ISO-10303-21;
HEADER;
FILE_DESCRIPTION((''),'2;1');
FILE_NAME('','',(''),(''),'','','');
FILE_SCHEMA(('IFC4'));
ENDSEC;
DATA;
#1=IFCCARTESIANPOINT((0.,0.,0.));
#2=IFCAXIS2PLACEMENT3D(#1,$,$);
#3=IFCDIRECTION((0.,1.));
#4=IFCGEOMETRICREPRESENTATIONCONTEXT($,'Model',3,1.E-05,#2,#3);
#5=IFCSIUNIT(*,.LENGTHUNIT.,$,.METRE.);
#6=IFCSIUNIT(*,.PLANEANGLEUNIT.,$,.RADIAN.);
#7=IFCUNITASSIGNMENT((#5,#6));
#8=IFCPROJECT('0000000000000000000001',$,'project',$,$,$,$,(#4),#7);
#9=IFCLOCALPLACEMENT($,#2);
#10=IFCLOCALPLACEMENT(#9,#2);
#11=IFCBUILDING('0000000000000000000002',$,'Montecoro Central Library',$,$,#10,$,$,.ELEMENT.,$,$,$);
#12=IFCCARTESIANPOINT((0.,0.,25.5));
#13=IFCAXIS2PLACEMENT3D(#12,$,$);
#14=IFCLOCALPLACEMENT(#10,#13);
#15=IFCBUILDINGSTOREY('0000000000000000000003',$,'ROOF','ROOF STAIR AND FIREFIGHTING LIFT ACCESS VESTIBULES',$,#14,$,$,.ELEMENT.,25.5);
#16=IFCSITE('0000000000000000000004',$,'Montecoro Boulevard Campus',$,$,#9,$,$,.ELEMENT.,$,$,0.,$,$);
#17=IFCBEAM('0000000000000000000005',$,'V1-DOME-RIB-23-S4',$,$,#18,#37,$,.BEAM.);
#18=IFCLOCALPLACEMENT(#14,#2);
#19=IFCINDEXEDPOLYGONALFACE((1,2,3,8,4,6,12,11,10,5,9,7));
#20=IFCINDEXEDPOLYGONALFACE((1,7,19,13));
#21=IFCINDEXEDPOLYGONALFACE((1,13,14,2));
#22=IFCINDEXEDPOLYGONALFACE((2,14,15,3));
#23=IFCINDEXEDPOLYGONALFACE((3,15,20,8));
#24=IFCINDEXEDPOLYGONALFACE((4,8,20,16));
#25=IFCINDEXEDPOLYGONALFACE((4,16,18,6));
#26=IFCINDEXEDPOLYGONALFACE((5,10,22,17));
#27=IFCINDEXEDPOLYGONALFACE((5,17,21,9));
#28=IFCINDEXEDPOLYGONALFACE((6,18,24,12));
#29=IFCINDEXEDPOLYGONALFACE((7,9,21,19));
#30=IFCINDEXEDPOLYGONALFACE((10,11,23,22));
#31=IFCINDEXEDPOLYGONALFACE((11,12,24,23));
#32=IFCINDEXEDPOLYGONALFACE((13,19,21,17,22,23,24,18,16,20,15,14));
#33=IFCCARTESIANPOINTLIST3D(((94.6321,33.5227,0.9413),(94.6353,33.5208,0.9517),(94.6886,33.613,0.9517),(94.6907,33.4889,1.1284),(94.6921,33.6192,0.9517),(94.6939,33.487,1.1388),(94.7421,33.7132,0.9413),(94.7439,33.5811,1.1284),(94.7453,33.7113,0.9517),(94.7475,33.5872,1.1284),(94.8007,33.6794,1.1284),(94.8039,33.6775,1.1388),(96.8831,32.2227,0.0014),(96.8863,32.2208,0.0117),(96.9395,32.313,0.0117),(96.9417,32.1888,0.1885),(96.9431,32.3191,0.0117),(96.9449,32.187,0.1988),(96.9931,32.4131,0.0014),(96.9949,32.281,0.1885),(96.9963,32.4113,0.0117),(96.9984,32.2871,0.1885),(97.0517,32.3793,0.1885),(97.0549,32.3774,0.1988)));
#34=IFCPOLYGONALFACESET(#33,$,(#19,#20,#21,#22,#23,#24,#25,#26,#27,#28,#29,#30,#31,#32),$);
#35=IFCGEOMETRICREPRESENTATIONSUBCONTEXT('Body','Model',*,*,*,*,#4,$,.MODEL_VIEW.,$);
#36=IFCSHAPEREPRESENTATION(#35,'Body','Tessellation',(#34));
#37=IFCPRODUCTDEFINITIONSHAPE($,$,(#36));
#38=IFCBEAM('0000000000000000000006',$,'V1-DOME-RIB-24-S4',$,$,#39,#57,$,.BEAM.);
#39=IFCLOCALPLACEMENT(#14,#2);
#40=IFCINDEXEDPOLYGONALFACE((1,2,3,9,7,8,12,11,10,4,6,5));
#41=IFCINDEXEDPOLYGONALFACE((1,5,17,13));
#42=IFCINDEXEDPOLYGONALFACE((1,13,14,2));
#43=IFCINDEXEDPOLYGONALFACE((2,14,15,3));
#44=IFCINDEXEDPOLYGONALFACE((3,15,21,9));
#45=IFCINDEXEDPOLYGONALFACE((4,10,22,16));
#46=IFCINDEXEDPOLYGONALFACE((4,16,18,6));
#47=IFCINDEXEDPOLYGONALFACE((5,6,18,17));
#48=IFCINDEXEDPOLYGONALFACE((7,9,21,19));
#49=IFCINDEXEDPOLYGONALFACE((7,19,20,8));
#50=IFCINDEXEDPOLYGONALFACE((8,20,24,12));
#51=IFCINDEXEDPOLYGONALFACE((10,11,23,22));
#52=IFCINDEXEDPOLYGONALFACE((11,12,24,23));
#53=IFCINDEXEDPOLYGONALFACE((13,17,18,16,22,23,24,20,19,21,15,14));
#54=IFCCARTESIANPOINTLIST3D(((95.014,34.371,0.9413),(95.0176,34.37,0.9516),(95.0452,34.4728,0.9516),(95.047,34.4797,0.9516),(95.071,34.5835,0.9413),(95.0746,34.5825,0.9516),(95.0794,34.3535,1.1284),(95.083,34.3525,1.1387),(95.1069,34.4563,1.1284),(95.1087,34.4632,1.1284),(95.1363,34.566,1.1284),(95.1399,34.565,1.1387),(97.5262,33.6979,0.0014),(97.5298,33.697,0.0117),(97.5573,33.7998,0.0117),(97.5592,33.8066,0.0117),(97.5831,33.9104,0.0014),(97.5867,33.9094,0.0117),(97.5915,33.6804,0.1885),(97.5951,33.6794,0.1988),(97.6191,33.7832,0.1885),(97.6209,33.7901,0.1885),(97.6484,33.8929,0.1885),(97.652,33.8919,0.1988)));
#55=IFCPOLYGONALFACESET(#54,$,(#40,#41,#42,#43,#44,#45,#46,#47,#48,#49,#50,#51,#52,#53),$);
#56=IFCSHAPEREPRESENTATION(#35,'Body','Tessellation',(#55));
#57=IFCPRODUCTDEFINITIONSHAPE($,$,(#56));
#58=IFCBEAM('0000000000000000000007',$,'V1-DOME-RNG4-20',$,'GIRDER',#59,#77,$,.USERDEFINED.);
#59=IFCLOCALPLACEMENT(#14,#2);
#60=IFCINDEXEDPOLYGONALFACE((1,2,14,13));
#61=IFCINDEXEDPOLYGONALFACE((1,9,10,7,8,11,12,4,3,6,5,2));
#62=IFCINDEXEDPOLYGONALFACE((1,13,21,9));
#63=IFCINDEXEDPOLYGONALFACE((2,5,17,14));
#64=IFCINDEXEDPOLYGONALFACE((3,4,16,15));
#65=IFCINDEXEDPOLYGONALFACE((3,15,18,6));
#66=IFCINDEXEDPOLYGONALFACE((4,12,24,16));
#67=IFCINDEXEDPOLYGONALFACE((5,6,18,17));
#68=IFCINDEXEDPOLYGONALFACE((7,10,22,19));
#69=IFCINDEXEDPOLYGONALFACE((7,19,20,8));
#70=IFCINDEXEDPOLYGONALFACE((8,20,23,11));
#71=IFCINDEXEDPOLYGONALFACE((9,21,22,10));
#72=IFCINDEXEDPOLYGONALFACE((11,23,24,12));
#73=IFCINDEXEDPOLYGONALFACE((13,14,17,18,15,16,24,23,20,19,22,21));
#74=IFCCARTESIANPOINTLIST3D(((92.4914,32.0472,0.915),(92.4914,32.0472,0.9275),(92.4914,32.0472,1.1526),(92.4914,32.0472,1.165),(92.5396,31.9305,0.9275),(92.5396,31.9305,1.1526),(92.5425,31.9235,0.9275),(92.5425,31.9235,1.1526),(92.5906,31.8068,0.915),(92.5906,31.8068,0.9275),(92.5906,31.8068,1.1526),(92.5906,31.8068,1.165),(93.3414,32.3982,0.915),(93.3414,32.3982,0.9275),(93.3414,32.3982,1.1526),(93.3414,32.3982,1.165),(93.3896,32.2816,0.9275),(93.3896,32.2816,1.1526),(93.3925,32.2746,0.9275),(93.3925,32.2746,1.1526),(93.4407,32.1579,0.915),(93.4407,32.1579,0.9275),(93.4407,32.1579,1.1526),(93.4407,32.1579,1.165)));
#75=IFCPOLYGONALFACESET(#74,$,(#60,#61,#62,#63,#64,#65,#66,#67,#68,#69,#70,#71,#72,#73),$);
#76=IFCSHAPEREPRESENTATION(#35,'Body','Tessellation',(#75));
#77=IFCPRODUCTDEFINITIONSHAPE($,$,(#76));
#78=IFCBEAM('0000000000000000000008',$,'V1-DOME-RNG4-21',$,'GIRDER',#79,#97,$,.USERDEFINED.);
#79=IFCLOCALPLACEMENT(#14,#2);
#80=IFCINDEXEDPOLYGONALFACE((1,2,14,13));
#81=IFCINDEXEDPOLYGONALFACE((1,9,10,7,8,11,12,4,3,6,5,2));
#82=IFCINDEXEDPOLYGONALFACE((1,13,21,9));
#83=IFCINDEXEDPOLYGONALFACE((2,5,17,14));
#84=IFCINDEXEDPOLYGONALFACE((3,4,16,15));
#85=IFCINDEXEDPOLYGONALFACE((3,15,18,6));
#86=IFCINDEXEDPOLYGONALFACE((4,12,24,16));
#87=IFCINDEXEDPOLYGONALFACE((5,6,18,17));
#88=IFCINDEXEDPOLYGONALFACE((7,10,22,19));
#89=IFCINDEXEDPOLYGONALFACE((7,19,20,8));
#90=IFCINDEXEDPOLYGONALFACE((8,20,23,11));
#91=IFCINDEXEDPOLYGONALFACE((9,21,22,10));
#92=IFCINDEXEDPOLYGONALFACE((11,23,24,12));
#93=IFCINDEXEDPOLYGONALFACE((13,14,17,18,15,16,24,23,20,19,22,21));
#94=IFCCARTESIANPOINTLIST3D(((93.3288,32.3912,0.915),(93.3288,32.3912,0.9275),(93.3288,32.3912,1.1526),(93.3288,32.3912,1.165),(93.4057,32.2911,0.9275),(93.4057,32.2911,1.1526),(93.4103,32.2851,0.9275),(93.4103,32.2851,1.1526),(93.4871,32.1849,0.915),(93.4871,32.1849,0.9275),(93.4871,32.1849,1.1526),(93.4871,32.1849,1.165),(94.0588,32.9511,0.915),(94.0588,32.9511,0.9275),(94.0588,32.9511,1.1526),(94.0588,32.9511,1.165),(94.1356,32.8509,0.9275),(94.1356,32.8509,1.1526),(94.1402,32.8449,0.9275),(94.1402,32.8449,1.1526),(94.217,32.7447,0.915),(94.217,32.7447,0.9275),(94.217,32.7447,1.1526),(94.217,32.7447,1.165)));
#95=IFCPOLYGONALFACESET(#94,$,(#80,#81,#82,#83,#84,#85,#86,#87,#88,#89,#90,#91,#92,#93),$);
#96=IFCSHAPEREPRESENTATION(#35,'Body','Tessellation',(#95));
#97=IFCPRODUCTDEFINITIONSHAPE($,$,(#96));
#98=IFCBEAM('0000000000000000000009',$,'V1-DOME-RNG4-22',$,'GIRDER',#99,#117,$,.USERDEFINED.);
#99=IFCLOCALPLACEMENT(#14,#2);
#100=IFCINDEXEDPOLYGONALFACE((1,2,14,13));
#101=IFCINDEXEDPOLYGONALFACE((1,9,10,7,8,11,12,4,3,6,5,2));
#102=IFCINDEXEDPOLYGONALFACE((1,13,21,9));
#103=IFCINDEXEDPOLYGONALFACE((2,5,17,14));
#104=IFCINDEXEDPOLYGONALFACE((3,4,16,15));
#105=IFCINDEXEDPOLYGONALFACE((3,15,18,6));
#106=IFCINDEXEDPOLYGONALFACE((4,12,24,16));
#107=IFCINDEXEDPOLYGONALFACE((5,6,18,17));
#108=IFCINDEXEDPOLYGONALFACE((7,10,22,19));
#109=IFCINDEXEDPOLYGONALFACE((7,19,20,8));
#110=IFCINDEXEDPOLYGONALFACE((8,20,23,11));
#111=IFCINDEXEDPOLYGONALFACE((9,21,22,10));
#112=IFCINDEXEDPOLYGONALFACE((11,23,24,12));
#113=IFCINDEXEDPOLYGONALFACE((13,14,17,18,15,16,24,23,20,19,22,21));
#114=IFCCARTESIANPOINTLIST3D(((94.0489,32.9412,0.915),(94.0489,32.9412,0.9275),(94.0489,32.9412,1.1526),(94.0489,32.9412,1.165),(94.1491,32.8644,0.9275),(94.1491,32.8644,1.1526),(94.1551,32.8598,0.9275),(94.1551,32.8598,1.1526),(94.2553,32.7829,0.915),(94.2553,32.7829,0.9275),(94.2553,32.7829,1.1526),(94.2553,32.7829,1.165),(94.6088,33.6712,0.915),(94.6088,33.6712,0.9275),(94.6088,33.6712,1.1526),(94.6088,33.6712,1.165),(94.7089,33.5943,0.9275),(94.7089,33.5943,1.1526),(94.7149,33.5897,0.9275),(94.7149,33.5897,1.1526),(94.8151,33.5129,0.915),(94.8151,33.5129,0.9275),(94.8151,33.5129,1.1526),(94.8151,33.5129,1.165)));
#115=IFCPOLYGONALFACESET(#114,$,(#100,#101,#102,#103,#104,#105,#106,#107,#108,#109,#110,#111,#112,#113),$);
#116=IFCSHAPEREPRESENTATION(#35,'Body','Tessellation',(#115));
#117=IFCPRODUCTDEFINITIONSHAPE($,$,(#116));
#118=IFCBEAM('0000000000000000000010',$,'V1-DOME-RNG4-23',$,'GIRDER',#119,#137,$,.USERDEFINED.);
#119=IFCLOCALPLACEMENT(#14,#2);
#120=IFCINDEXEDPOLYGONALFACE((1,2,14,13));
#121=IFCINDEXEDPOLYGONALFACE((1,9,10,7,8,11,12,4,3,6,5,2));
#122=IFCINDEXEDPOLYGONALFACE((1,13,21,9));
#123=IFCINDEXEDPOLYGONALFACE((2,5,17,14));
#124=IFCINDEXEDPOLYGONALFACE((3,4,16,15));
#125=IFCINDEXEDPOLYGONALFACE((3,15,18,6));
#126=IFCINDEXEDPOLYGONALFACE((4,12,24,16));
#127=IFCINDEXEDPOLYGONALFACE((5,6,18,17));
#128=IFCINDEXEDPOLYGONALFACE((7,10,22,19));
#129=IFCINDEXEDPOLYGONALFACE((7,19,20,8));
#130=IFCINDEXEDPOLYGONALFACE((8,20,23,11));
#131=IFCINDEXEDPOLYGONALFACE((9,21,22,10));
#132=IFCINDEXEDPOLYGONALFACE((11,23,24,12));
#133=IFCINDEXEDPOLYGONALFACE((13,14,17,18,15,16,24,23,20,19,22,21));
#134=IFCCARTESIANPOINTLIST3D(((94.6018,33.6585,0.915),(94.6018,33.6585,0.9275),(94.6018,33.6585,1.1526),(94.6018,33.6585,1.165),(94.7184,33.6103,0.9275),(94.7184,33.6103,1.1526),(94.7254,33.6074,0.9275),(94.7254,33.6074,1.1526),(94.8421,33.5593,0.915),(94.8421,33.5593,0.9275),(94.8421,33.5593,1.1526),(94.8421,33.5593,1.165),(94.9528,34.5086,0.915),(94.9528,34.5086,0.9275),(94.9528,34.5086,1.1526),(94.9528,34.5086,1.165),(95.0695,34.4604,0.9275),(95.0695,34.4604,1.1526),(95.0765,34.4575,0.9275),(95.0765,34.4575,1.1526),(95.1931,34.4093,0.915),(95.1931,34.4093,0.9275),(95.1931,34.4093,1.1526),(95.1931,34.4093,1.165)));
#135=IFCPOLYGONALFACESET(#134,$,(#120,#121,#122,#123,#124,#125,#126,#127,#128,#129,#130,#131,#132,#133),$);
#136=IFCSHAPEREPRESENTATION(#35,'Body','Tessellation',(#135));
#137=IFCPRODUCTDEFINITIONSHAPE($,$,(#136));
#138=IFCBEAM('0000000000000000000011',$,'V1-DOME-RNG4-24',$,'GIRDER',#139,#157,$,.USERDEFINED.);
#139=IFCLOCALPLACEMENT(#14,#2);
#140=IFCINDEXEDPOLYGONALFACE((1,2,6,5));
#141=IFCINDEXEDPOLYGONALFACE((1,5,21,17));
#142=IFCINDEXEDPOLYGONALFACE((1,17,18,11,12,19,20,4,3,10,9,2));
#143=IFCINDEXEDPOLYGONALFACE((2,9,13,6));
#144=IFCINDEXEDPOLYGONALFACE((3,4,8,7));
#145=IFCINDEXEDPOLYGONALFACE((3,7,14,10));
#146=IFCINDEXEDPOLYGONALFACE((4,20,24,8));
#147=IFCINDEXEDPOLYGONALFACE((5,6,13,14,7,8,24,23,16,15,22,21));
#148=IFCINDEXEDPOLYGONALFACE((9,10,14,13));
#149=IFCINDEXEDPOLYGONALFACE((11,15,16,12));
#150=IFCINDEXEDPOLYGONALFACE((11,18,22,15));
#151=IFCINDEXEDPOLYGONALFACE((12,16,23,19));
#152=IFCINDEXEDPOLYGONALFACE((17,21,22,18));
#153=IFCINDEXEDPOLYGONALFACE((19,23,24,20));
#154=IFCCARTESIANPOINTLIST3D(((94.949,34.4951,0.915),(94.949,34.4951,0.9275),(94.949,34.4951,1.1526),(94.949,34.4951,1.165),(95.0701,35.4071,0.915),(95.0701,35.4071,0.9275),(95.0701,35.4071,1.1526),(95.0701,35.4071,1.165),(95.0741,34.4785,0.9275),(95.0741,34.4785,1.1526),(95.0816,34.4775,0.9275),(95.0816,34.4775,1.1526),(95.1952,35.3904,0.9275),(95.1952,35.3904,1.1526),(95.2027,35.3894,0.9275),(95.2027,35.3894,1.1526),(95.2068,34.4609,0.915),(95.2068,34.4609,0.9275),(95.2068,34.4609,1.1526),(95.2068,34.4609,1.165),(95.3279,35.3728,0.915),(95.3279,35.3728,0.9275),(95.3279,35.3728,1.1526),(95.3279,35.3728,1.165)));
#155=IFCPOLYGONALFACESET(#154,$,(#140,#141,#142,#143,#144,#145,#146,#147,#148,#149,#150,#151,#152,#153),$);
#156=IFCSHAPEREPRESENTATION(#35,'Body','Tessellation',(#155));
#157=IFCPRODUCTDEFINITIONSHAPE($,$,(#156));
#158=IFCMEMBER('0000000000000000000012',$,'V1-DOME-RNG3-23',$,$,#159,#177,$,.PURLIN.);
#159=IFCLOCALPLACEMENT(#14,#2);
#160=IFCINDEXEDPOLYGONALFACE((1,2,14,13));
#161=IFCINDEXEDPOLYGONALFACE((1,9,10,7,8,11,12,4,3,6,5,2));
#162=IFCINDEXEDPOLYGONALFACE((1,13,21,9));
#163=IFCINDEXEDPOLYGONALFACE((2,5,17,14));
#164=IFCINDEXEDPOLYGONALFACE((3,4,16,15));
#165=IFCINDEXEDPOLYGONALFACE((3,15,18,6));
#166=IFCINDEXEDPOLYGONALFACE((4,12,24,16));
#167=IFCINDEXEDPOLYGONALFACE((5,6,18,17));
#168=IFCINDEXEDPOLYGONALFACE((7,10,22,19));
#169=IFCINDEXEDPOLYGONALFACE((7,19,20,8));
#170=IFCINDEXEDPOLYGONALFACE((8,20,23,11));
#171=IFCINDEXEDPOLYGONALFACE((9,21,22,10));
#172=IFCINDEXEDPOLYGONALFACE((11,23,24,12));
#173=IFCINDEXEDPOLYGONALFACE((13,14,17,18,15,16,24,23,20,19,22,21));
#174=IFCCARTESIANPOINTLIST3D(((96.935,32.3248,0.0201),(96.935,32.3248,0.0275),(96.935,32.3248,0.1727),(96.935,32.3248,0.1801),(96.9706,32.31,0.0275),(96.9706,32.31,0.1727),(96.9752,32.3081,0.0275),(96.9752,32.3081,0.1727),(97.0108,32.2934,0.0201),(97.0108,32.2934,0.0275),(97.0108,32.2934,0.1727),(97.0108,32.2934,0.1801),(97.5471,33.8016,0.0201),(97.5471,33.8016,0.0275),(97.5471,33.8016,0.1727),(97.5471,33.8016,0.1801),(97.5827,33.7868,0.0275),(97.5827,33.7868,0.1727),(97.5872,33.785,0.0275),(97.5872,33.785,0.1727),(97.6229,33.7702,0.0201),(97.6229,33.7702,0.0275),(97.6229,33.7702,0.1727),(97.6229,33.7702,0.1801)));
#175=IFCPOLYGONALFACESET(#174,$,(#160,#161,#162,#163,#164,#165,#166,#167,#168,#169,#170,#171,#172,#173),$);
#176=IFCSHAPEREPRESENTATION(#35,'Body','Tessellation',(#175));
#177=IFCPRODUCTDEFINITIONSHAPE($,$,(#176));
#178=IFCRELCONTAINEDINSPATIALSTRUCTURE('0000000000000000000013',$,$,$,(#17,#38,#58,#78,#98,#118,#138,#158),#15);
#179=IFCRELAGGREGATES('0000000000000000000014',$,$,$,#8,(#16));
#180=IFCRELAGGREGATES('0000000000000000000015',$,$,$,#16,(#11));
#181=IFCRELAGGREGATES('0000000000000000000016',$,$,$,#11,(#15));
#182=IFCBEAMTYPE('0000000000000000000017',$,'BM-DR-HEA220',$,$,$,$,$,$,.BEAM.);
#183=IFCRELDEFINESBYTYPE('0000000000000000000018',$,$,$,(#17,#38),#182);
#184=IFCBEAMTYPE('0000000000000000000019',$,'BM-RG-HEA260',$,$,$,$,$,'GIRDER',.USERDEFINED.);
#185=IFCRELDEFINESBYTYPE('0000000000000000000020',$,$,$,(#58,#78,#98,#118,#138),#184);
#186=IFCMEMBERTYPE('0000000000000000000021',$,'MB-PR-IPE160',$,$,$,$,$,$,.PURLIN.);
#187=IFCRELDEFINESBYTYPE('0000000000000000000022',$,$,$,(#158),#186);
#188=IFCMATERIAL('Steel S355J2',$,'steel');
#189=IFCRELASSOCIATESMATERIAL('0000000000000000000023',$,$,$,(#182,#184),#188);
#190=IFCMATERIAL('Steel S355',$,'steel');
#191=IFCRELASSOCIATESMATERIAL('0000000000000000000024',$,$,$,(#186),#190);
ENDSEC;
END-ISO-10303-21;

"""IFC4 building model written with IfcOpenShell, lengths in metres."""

from ifc_helpers import new_model, si_unit, direction, frame, origin, origin_2d, place, context, subcontext, project, spatial, i_section, extrude, material, material_profile, profile_set, type_object, element, save


model = new_model("IFC4")

# Units and contexts
model_context = context("Model", 3, precision=1e-05, world=origin(), true_north=direction((0.0, 1.0)))
body_context = subcontext(model_context, "Body", "Model", "MODEL_VIEW")
ifc_project = project(units=[si_unit("LENGTHUNIT", "METRE"), si_unit("PLANEANGLEUNIT", "RADIAN")], contexts=[model_context])

# Site, building, storey
site_placement = place(None, origin())
site = spatial("IfcSite", under=ifc_project, at=site_placement, Name="Montecoro Boulevard Campus", CompositionType="ELEMENT", RefElevation=0.0)
building_placement = place(site_placement, origin())
building = spatial("IfcBuilding", under=site, at=building_placement, Name="Montecoro Central Library", CompositionType="ELEMENT")
storey_placement = place(building_placement, frame((0.0, 0.0, 25.5)))
storey = spatial("IfcBuildingStorey", under=building, at=storey_placement, Name="ROOF", Description="ROOF STAIR AND FIREFIGHTING LIFT ACCESS VESTIBULES", CompositionType="ELEMENT", Elevation=25.5)

# Beams
ifc_material_1 = material(Name="Steel S355J2", Category="steel")
ifc_material_profile_1 = material_profile(ifc_material_1, i_section(OverallWidth=0.22, OverallDepth=0.21, WebThickness=0.0071, FlangeThickness=0.011, at=origin_2d()), Name="HEA 220")
ifc_profile_set_1 = profile_set([ifc_material_profile_1], Name="Steel S355J2")
beam_type_1 = type_object("IfcBeamType", Name="BM-DR-HEA220", PredefinedType="BEAM", material=ifc_profile_set_1)
beam_1_placement = place(storey_placement, frame((96.969, 32.3, 0.1001), z_axis=(-0.814347, 0.470325, 0.340047), x_axis=(-0.500129, -0.865951, 0.0)))
element("IfcBeam", 1, at=beam_1_placement, inside=storey, type_object=beam_type_1, Name="V1-DOME-RIB-23-S4", PredefinedType="BEAM", context=body_context, shape_type="SweptSolid", body=[
    extrude(i_section(OverallWidth=0.22, OverallDepth=0.21, WebThickness=0.0071, FlangeThickness=0.011, at=origin_2d()), origin(), (0.0, 0.0, 1.0), 2.7642),
])
beam_2_placement = place(storey_placement, frame((97.5891, 33.7949, 0.1001), z_axis=(-0.908425, 0.243394, 0.339887), x_axis=(-0.258802, -0.96593, 0.0)))
element("IfcBeam", 2, at=beam_2_placement, inside=storey, type_object=beam_type_1, Name="V1-DOME-RIB-24-S4", PredefinedType="BEAM", context=body_context, shape_type="SweptSolid", body=[
    extrude(i_section(OverallWidth=0.22, OverallDepth=0.21, WebThickness=0.0071, FlangeThickness=0.011, at=origin_2d()), origin(), (0.0, 0.0, 1.0), 2.7654),
])
ifc_material_profile_2 = material_profile(ifc_material_1, i_section(OverallWidth=0.26, OverallDepth=0.25, WebThickness=0.0076, FlangeThickness=0.0125, at=origin_2d()), Name="HEA 260")
ifc_profile_set_2 = profile_set([ifc_material_profile_2], Name="Steel S355J2")
beam_type_2 = type_object("IfcBeamType", Name="BM-RG-HEA260", ElementType="GIRDER", PredefinedType="USERDEFINED", material=ifc_profile_set_2)
beam_3_placement = place(storey_placement, frame((92.541, 31.927, 1.04), z_axis=(0.924282, 0.381711, 0.0), x_axis=(-0.381711, 0.924282, 0.0)))
element("IfcBeam", 3, at=beam_3_placement, inside=storey, type_object=beam_type_2, Name="V1-DOME-RNG4-20", ObjectType="GIRDER", PredefinedType="USERDEFINED", context=body_context, shape_type="SweptSolid", body=[
    extrude(i_section(OverallWidth=0.26, OverallDepth=0.25, WebThickness=0.0076, FlangeThickness=0.0125, at=origin_2d()), origin(), (0.0, 0.0, 1.0), 0.9197),
])
for number, where, z_axis, x_axis, name in (
    (4, (93.408, 32.2881, 1.04), (0.793521, 0.608543, 0.0), (-0.608543, 0.793521, 0.0), "V1-DOME-RNG4-21"),
    (5, (94.1521, 32.8621, 1.04), (0.608543, 0.793521, 0.0), (-0.793521, 0.608543, 0.0), "V1-DOME-RNG4-22"),
):
    element("IfcBeam", number, at=place(storey_placement, frame(where, z_axis=z_axis, x_axis=x_axis)), inside=storey, type_object=beam_type_2, Name=name, ObjectType="GIRDER", PredefinedType="USERDEFINED", context=body_context, shape_type="SweptSolid", body=[
        extrude(i_section(OverallWidth=0.26, OverallDepth=0.25, WebThickness=0.0076, FlangeThickness=0.0125, at=origin_2d()), origin(), (0.0, 0.0, 1.0), 0.9199),
    ])
beam_4_placement = place(storey_placement, frame((94.7219, 33.6089, 1.04), z_axis=(0.381711, 0.924282, 0.0), x_axis=(-0.924282, 0.381711, 0.0)))
element("IfcBeam", 6, at=beam_4_placement, inside=storey, type_object=beam_type_2, Name="V1-DOME-RNG4-23", ObjectType="GIRDER", PredefinedType="USERDEFINED", context=body_context, shape_type="SweptSolid", body=[
    extrude(i_section(OverallWidth=0.26, OverallDepth=0.25, WebThickness=0.0076, FlangeThickness=0.0125, at=origin_2d()), origin(), (0.0, 0.0, 1.0), 0.9197),
])
beam_5_placement = place(storey_placement, frame((95.0779, 34.478, 1.04), z_axis=(0.131642, 0.991297, 0.0), x_axis=(-0.991297, 0.131642, 0.0)))
element("IfcBeam", 7, at=beam_5_placement, inside=storey, type_object=beam_type_2, Name="V1-DOME-RNG4-24", ObjectType="GIRDER", PredefinedType="USERDEFINED", context=body_context, shape_type="SweptSolid", body=[
    extrude(i_section(OverallWidth=0.26, OverallDepth=0.25, WebThickness=0.0076, FlangeThickness=0.0125, at=origin_2d()), origin(), (0.0, 0.0, 1.0), 0.9199),
])

# Member
ifc_material_2 = material(Name="Steel S355", Category="steel")
ifc_material_profile_3 = material_profile(ifc_material_2, i_section(OverallWidth=0.082, OverallDepth=0.1599, WebThickness=0.0049, FlangeThickness=0.0073, at=origin_2d()), Name="IPE 160")
ifc_profile_set_3 = profile_set([ifc_material_profile_3], Name="Steel S355")
member_type_1 = type_object("IfcMemberType", Name="MB-PR-IPE160", PredefinedType="PURLIN", material=ifc_profile_set_3)
member_placement = place(storey_placement, frame((96.9729, 32.3091, 0.1001), z_axis=(0.382869, 0.923803, 0.0), x_axis=(-0.923803, 0.382869, 0.0)))
element("IfcMember", 8, at=member_placement, inside=storey, type_object=member_type_1, Name="V1-DOME-RNG3-23", PredefinedType="PURLIN", context=body_context, shape_type="SweptSolid", body=[
    extrude(i_section(OverallWidth=0.082, OverallDepth=0.1599, WebThickness=0.0049, FlangeThickness=0.0073, at=origin_2d()), origin(), (0.0, 0.0, 1.0), 1.5986),
])

save(model, "model.ifc")
